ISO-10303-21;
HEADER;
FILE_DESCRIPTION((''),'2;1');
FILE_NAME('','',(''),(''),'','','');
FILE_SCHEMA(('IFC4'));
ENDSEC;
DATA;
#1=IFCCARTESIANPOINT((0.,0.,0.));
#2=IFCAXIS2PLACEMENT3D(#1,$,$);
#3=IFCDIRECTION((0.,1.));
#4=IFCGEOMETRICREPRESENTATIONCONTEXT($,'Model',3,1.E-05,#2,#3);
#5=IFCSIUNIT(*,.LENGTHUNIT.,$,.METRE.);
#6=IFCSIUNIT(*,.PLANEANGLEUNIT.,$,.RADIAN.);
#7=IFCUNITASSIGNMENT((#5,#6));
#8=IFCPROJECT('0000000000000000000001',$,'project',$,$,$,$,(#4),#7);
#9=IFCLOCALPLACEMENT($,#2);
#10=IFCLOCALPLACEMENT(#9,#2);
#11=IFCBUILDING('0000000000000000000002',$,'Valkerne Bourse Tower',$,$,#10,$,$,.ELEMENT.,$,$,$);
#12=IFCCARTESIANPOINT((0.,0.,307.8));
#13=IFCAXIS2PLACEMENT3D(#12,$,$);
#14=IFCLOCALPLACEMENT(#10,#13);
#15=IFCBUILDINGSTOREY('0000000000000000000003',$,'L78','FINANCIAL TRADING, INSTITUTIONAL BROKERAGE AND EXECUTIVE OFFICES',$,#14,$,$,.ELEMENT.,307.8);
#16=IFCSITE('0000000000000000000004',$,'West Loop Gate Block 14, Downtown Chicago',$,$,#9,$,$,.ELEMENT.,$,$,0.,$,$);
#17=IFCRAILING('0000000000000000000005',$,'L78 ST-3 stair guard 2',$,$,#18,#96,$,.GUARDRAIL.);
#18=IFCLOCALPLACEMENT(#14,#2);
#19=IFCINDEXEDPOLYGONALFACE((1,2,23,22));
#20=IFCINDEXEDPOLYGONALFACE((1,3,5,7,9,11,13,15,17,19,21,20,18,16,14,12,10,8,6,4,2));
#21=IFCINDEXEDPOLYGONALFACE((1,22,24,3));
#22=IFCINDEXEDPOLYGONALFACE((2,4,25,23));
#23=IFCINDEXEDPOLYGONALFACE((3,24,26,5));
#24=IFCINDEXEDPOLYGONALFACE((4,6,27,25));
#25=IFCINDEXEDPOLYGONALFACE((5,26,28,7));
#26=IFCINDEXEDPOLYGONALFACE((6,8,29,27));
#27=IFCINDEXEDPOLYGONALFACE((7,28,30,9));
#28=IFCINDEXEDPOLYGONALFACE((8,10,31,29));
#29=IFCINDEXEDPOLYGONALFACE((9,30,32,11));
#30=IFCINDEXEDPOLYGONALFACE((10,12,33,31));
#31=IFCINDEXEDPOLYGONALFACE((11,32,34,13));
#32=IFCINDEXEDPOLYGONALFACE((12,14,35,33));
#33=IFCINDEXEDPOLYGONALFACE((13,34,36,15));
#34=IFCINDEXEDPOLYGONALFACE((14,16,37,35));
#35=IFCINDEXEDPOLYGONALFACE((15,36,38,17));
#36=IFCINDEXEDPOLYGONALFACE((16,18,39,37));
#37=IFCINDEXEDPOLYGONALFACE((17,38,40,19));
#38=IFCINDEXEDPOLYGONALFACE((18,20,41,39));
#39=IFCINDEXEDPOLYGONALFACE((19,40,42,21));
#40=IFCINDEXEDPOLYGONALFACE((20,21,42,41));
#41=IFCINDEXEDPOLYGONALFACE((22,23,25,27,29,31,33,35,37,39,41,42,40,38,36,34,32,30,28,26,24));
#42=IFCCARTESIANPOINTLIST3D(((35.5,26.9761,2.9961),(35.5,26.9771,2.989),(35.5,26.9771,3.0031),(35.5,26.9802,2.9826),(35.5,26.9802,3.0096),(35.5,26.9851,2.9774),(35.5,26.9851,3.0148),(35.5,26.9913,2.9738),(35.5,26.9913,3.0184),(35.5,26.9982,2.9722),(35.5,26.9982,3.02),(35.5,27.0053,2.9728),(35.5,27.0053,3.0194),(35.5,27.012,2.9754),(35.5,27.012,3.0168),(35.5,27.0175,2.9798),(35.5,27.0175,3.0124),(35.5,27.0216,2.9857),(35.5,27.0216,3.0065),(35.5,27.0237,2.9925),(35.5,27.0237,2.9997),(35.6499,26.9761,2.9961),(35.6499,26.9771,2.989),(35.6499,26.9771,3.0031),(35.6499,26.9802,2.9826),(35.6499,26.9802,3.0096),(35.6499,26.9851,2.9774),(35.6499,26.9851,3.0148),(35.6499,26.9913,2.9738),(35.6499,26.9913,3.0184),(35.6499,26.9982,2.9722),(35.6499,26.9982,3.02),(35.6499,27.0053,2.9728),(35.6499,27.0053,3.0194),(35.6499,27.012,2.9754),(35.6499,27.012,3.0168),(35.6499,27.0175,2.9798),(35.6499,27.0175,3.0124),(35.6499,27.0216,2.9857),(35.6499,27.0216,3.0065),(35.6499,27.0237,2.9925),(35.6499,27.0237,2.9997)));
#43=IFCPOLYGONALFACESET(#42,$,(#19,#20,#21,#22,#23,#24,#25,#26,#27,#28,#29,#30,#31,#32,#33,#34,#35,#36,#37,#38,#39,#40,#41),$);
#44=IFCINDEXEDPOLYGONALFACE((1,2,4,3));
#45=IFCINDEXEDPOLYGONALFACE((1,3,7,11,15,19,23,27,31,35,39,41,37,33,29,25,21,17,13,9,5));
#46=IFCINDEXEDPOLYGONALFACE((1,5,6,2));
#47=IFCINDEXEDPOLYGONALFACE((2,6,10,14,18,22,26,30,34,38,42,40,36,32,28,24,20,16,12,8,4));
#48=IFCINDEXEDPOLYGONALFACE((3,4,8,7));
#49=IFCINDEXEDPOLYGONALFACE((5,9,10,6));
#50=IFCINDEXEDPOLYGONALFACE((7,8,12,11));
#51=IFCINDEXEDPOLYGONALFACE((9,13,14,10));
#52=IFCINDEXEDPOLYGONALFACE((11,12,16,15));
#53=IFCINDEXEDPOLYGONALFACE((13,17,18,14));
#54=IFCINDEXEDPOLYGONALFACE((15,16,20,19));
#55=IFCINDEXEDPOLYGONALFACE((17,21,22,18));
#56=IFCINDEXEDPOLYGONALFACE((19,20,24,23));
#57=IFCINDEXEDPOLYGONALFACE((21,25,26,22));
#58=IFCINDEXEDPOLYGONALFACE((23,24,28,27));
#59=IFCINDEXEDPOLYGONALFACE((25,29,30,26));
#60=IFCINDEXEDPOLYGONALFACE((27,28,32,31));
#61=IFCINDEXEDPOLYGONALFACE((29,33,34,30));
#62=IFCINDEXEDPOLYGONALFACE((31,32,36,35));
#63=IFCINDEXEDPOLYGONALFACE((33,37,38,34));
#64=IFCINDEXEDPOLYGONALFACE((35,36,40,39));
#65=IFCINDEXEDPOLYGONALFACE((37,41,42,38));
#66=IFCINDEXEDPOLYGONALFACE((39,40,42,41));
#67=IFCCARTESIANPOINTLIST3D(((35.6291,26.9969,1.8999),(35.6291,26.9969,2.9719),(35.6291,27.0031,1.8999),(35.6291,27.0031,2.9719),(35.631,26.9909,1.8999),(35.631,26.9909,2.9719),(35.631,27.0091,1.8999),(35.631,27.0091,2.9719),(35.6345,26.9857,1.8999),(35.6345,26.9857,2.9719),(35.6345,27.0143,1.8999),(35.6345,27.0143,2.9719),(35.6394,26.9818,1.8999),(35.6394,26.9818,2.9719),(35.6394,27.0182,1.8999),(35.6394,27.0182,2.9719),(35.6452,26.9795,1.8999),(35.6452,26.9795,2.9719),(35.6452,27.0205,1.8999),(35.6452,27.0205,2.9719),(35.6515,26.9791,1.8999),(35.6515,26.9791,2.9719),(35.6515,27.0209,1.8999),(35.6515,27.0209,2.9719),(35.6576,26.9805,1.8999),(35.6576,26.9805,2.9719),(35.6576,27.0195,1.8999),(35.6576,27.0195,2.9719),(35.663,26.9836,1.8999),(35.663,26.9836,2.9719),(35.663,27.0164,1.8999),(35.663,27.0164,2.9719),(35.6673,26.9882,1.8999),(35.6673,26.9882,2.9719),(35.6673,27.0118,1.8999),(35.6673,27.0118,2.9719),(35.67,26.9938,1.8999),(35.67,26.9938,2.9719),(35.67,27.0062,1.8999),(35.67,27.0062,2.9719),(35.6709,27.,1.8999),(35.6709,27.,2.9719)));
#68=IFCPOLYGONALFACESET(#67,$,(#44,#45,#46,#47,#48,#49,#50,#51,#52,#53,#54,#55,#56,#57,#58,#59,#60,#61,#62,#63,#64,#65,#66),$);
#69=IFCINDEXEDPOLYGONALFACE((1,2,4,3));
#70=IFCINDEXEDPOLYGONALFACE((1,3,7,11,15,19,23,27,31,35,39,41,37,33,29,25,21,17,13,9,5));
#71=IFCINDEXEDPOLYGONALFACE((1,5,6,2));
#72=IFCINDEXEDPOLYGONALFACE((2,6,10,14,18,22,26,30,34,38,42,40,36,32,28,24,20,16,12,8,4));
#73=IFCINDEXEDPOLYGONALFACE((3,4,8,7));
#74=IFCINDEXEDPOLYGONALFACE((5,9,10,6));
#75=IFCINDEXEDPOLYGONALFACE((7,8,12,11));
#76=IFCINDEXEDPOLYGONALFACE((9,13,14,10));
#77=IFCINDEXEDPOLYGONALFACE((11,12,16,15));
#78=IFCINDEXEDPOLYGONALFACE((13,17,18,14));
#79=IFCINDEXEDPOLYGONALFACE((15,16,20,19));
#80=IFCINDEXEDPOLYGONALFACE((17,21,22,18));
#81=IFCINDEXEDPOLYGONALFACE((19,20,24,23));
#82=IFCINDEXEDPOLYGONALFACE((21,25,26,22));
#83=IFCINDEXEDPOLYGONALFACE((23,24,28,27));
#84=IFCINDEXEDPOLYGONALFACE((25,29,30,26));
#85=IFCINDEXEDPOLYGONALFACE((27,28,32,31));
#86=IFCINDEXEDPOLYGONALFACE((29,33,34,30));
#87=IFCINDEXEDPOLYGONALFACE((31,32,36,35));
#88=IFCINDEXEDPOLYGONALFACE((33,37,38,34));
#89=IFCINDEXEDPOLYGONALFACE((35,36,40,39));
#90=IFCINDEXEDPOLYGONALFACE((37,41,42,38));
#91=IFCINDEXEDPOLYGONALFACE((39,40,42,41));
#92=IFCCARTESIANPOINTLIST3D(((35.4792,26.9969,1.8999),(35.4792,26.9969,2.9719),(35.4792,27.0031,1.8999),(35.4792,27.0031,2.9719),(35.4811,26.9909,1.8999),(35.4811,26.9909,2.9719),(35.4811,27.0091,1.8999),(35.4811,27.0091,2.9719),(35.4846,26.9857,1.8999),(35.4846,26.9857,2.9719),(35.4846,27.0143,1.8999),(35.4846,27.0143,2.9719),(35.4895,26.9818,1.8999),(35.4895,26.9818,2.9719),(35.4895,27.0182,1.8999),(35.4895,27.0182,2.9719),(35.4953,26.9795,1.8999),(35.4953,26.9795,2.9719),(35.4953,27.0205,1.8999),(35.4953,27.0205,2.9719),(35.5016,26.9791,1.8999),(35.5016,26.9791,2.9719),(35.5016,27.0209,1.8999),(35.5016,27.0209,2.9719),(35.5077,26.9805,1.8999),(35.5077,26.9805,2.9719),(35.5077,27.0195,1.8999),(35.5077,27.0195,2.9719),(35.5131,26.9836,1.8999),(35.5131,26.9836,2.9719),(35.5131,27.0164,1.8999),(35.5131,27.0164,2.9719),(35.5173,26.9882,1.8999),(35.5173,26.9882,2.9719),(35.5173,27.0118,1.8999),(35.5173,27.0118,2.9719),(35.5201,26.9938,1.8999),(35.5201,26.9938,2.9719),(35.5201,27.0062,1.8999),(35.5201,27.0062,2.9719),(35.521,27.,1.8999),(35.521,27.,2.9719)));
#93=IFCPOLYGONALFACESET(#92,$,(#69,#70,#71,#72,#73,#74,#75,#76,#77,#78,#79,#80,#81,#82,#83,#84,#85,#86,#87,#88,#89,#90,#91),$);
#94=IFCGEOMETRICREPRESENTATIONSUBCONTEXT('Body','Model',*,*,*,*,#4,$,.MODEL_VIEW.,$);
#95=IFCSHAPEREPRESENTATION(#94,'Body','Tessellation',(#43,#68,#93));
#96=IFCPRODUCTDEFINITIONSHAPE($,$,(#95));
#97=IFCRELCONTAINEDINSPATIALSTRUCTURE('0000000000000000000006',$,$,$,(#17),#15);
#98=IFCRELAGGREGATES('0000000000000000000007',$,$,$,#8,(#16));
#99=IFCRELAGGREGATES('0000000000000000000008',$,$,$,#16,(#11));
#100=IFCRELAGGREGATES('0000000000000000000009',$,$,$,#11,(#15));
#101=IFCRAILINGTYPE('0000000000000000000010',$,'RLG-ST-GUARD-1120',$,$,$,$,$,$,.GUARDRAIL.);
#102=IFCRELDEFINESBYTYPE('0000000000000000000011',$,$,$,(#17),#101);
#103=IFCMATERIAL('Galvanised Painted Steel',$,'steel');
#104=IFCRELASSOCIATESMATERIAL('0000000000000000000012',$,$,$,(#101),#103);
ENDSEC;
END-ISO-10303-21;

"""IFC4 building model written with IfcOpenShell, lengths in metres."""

from ifc_helpers import new_model, si_unit, direction, frame, origin, origin_2d, place, context, subcontext, project, spatial, circle, extrude, material, type_object, element, save


model = new_model("IFC4")

# Units and contexts
model_context = context("Model", 3, precision=1e-05, world=origin(), true_north=direction((0.0, 1.0)))
body_context = subcontext(model_context, "Body", "Model", "MODEL_VIEW")
ifc_project = project(units=[si_unit("LENGTHUNIT", "METRE"), si_unit("PLANEANGLEUNIT", "RADIAN")], contexts=[model_context])

# Site, building, storey
site_placement = place(None, origin())
site = spatial("IfcSite", under=ifc_project, at=site_placement, Name="West Loop Gate Block 14, Downtown Chicago", CompositionType="ELEMENT", RefElevation=0.0)
building_placement = place(site_placement, origin())
building = spatial("IfcBuilding", under=site, at=building_placement, Name="Valkerne Bourse Tower", CompositionType="ELEMENT")
storey_placement = place(building_placement, frame((0.0, 0.0, 307.8)))
storey = spatial("IfcBuildingStorey", under=building, at=storey_placement, Name="L78", Description="FINANCIAL TRADING, INSTITUTIONAL BROKERAGE AND EXECUTIVE OFFICES", CompositionType="ELEMENT", Elevation=307.8)

# Railing
ifc_material_1 = material(Name="Galvanised Painted Steel", Category="steel")
railing_type_1 = type_object("IfcRailingType", Name="RLG-ST-GUARD-1120", PredefinedType="GUARDRAIL", material=ifc_material_1)
railing_1_placement = place(storey_placement, frame((35.6499, 27.0, 1.8999)))
element("IfcRailing", 1, at=railing_1_placement, inside=storey, type_object=railing_type_1, Name="L78 ST-3 stair guard 2", PredefinedType="GUARDRAIL", context=body_context, shape_type="SweptSolid", body=[
    extrude(circle(Radius=0.0239, at=origin_2d()), frame((0.0, 0.0, 1.0962), z_axis=(-1.0, 0.0, 0.0), x_axis=(0.0, -1.0, 0.0)), (0.0, 0.0, 1.0), 0.1499),
    extrude(circle(Radius=0.021, at=origin_2d()), origin(), (0.0, 0.0, 1.0), 1.072),
    extrude(circle(Radius=0.021, at=origin_2d()), frame((-0.1499, 0.0, 0.0)), (0.0, 0.0, 1.0), 1.072),
])

save(model, "model.ifc")
